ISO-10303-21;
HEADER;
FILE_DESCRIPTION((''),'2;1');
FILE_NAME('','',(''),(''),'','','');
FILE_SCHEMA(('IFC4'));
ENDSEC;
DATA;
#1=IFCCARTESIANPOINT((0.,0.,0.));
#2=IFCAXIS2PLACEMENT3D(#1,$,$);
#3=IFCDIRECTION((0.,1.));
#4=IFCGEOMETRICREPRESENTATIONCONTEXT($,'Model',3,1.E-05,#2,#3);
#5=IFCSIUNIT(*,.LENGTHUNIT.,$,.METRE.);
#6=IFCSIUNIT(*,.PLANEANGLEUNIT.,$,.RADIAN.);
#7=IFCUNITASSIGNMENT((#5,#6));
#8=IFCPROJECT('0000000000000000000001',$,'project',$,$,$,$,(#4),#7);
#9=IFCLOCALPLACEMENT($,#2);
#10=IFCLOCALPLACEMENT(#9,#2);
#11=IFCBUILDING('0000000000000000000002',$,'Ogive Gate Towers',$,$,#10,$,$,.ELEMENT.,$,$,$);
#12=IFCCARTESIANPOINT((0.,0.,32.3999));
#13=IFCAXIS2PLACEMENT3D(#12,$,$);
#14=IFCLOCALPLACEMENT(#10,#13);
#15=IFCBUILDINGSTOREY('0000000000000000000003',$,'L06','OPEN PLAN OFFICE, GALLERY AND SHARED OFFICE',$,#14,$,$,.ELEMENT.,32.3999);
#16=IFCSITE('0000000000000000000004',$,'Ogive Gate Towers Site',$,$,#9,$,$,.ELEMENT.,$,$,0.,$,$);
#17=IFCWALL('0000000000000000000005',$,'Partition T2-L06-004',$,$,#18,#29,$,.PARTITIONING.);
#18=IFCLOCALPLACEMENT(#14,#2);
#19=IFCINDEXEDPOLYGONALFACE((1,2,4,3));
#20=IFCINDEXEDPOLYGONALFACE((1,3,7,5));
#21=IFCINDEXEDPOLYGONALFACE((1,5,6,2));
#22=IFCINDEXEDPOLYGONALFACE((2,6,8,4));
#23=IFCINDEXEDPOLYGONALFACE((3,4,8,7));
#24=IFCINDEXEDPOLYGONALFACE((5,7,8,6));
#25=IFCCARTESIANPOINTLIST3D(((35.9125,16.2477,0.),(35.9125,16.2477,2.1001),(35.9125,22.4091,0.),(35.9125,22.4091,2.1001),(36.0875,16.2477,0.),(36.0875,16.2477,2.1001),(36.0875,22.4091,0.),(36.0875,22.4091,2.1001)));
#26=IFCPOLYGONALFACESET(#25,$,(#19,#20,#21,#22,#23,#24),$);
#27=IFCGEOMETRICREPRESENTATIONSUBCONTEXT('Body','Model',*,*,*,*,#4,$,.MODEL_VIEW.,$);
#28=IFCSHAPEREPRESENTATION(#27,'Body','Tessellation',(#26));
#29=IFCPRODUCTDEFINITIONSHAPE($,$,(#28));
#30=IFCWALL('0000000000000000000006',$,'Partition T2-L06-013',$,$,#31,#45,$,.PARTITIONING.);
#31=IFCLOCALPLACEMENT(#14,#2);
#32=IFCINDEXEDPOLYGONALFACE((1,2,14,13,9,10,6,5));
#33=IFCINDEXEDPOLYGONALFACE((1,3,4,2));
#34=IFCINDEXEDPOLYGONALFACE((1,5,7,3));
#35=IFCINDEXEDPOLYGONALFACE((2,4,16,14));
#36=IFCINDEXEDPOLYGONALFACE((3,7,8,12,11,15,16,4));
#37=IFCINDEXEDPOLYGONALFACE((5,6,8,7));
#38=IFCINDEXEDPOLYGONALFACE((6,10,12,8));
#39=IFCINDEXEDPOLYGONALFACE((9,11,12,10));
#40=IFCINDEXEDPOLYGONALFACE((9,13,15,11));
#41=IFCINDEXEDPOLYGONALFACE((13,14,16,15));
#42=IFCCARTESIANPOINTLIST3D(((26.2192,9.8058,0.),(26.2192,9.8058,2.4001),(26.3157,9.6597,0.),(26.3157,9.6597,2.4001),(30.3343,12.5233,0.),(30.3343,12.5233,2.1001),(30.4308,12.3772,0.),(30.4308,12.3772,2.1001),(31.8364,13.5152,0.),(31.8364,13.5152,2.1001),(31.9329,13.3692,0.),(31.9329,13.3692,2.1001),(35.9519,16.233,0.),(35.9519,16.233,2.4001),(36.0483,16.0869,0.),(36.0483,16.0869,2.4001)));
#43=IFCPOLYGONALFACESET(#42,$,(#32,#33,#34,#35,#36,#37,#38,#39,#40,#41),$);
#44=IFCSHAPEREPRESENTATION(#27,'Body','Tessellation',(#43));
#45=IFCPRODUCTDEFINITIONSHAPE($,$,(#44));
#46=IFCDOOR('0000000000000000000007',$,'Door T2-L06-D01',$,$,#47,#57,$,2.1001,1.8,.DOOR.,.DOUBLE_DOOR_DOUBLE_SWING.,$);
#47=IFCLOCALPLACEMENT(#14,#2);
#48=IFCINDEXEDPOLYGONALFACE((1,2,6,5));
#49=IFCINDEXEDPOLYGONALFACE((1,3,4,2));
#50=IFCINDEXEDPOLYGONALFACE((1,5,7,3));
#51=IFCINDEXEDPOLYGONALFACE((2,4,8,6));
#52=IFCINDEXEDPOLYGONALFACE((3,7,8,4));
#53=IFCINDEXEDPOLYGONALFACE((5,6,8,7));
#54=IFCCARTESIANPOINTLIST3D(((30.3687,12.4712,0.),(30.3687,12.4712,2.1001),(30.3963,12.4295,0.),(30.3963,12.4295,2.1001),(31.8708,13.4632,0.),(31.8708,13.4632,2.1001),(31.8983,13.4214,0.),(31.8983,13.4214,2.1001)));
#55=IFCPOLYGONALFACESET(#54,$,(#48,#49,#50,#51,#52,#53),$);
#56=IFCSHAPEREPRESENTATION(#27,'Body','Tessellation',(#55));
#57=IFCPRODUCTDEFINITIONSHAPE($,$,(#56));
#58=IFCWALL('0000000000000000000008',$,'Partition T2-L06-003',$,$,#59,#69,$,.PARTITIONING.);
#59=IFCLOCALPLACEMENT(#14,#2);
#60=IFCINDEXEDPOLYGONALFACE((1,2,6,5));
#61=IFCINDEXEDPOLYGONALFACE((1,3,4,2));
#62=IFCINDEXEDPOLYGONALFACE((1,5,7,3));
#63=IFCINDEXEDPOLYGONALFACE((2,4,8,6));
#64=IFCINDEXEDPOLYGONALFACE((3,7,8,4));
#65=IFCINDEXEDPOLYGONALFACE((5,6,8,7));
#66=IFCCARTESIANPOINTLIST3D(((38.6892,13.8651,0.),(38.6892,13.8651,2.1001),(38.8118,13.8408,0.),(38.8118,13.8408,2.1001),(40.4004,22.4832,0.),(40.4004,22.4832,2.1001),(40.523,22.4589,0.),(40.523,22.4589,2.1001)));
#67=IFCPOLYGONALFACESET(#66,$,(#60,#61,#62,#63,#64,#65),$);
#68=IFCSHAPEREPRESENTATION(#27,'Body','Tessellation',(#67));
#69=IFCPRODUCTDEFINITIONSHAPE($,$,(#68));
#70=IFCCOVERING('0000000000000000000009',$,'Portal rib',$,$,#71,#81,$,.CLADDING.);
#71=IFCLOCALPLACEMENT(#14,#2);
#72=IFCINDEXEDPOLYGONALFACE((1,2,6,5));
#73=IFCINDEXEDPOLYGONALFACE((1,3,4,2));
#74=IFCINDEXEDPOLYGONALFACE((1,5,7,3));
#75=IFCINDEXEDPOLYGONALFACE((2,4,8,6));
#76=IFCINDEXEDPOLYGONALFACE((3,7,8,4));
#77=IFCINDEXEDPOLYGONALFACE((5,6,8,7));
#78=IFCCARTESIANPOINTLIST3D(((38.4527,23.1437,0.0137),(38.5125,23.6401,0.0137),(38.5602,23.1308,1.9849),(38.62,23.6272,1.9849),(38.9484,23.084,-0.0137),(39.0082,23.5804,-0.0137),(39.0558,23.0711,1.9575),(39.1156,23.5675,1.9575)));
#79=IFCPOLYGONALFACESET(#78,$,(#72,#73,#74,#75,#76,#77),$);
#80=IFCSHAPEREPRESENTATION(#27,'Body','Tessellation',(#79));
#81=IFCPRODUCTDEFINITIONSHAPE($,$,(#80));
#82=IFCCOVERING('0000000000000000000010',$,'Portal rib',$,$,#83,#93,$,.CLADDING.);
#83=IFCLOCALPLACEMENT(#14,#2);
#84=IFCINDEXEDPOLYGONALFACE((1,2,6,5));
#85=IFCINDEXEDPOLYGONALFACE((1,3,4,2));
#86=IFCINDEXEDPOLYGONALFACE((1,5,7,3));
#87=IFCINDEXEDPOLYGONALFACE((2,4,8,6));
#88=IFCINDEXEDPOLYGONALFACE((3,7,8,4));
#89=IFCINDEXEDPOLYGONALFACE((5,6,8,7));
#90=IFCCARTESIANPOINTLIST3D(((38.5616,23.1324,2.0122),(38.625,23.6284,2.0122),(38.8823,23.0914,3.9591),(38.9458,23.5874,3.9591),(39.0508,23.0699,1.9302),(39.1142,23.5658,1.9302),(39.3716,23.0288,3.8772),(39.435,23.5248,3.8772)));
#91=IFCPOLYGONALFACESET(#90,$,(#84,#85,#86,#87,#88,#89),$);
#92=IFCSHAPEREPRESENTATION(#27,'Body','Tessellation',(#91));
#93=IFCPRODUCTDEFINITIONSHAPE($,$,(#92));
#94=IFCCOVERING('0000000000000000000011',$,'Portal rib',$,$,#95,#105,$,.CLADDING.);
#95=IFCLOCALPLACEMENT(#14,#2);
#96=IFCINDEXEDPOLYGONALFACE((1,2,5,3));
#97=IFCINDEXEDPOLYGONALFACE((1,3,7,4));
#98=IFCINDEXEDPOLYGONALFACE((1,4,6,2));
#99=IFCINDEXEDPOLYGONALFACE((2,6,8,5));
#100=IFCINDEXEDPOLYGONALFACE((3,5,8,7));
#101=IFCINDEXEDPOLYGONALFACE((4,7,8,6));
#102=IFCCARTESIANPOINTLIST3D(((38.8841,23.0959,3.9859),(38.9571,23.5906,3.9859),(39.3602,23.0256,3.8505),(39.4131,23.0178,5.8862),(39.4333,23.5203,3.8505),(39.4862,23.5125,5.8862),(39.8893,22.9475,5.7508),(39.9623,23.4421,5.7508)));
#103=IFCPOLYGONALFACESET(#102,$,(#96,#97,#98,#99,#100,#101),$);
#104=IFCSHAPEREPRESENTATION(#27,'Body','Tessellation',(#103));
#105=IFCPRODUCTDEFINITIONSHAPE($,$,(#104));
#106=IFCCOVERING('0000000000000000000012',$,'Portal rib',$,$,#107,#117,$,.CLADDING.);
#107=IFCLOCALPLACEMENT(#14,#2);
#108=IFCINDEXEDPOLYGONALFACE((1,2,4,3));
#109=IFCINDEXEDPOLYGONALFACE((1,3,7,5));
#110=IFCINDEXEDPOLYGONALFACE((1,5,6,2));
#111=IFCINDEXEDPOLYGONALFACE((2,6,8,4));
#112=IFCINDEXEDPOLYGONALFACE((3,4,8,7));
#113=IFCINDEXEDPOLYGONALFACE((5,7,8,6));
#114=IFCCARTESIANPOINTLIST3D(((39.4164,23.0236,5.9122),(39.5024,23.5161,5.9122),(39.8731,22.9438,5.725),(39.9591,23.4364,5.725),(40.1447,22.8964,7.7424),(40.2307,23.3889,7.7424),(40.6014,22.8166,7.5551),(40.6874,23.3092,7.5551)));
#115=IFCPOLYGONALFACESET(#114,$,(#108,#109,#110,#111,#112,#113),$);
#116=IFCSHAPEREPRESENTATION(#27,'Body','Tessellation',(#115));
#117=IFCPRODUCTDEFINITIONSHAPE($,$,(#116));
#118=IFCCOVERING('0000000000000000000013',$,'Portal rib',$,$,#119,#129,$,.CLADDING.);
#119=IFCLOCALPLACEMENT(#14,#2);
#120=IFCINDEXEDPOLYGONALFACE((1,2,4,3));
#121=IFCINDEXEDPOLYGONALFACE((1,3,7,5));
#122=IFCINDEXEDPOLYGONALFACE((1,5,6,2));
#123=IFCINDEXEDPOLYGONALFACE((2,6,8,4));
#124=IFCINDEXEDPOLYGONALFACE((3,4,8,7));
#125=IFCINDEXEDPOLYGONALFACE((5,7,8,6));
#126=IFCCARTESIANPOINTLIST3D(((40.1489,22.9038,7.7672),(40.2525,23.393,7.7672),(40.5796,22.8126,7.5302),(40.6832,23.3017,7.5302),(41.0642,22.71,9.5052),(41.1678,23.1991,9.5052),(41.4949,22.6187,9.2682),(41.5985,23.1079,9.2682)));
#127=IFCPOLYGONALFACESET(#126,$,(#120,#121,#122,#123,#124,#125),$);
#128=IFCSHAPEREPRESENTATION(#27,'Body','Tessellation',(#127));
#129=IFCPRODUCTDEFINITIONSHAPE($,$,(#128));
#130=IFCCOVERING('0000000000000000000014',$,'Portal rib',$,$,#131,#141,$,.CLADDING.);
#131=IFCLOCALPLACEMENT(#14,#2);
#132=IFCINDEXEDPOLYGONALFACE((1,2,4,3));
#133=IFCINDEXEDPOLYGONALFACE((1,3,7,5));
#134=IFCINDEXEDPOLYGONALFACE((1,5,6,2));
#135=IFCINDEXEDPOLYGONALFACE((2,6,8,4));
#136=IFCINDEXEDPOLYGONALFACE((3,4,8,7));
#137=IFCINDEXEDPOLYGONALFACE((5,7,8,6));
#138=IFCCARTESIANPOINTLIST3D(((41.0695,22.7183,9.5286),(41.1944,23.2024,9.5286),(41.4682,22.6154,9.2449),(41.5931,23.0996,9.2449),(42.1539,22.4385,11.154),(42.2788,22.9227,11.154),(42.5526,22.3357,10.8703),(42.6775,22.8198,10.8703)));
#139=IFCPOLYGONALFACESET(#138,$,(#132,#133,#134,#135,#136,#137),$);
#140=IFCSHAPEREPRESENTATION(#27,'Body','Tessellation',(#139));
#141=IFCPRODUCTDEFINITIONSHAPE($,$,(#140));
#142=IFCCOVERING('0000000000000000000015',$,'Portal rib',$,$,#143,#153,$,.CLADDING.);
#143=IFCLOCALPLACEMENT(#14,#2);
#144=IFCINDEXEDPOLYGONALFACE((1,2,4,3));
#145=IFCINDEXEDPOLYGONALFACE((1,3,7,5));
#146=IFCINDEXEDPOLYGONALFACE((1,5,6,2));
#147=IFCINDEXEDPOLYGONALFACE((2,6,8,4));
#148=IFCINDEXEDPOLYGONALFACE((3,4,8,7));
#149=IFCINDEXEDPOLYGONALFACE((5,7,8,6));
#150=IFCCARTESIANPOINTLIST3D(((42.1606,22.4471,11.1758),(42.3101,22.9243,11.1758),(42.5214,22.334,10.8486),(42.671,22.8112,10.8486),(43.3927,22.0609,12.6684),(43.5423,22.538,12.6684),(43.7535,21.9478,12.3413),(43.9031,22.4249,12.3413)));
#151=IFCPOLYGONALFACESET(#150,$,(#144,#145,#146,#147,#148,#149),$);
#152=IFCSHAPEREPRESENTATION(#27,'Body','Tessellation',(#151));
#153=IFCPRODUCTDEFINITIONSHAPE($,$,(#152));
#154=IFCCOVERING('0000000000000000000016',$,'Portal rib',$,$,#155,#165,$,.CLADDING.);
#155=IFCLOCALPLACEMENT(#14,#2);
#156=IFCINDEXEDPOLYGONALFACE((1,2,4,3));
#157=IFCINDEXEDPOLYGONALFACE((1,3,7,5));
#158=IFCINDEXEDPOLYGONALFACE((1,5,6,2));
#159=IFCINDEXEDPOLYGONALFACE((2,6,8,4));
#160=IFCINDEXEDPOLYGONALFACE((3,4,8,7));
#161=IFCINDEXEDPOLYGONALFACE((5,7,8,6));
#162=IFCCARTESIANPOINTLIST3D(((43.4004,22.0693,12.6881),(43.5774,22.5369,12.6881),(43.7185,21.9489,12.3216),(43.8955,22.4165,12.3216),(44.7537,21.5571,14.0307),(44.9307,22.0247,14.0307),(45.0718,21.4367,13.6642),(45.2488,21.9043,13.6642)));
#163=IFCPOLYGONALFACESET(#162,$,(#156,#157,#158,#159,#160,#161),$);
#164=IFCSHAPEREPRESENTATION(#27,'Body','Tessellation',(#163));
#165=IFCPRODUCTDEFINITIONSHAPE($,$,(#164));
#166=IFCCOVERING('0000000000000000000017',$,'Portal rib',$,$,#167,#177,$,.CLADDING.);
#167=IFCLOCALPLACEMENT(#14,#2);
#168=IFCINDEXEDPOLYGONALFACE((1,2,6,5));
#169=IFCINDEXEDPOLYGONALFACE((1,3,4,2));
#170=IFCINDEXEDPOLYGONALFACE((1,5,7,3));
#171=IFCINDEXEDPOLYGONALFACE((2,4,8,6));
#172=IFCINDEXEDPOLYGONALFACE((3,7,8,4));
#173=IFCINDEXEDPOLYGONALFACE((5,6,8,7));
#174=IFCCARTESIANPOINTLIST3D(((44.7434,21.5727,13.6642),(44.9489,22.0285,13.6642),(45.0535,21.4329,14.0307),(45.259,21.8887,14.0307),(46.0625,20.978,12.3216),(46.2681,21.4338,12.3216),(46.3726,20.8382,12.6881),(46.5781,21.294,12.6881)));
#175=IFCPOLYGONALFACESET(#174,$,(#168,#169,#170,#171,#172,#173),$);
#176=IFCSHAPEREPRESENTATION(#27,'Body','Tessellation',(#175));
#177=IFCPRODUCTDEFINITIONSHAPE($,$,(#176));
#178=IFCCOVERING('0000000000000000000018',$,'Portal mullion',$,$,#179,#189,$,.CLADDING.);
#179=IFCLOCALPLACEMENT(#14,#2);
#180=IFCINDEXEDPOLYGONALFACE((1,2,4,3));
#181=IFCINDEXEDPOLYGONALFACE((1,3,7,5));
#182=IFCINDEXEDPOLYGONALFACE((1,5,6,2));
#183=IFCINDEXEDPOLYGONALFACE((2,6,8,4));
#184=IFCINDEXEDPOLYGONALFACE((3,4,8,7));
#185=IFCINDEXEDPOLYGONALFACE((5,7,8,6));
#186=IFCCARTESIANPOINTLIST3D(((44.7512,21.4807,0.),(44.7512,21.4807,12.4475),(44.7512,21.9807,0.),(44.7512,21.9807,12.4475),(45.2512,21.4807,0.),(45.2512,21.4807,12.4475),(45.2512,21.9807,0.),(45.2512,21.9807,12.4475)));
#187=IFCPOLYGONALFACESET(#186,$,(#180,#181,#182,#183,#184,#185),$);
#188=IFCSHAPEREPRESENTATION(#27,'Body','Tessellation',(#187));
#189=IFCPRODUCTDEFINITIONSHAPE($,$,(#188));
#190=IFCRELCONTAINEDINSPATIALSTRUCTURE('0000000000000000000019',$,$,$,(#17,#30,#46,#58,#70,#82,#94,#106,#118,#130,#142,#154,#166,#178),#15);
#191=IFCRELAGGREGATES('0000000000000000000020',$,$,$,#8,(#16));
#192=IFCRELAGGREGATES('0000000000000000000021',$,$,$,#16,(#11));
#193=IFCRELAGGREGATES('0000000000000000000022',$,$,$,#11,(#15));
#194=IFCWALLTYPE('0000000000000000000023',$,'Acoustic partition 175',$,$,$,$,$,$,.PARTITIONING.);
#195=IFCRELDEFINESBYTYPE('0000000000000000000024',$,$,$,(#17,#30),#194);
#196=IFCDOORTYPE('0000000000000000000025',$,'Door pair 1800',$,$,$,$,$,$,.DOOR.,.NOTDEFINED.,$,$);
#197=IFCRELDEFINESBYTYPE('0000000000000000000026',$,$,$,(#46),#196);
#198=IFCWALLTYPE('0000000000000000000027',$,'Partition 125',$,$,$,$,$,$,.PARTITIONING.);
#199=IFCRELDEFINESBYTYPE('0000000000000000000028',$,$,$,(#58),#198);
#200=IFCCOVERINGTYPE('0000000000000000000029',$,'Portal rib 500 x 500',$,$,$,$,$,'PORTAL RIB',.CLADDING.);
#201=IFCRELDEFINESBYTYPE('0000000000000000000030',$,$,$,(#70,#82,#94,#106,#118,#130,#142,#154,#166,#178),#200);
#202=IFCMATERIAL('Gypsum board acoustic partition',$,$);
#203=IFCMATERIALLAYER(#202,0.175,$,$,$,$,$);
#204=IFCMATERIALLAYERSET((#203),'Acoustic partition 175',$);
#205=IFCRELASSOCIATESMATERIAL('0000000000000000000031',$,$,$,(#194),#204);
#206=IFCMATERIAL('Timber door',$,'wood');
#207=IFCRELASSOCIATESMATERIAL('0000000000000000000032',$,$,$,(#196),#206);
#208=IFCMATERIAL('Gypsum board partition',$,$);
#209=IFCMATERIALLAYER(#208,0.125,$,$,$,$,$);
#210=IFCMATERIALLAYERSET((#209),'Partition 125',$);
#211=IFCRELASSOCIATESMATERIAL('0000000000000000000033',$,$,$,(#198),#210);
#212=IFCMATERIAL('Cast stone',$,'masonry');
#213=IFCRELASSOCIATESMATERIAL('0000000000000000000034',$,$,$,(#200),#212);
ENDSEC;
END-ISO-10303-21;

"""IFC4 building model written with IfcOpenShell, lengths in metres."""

from ifc_helpers import new_model, si_unit, direction, frame, frame_2d, origin, origin_2d, place, context, subcontext, project, spatial, rectangle, extrude, material, layer, layer_set, material_profile, profile_set, type_object, element, fill, save


model = new_model("IFC4")

# Units and contexts
model_context = context("Model", 3, precision=1e-05, world=origin(), true_north=direction((0.0, 1.0)))
body_context = subcontext(model_context, "Body", "Model", "MODEL_VIEW")
ifc_project = project(units=[si_unit("LENGTHUNIT", "METRE"), si_unit("PLANEANGLEUNIT", "RADIAN")], contexts=[model_context])

# Site, building, storey
site_placement = place(None, origin())
site = spatial("IfcSite", under=ifc_project, at=site_placement, Name="Ogive Gate Towers Site", CompositionType="ELEMENT", RefElevation=0.0)
building_placement = place(site_placement, origin())
building = spatial("IfcBuilding", under=site, at=building_placement, Name="Ogive Gate Towers", CompositionType="ELEMENT")
storey_placement = place(building_placement, frame((0.0, 0.0, 32.3999)))
storey = spatial("IfcBuildingStorey", under=building, at=storey_placement, Name="L06", Description="OPEN PLAN OFFICE, GALLERY AND SHARED OFFICE", CompositionType="ELEMENT", Elevation=32.3999)

# Wall
ifc_material_1 = material(Name="Gypsum board acoustic partition")
ifc_layer_1 = layer(ifc_material_1, 0.175)
ifc_layer_set_1 = layer_set([ifc_layer_1], Name="Acoustic partition 175")
wall_type_1 = type_object("IfcWallType", Name="Acoustic partition 175", PredefinedType="PARTITIONING", material=ifc_layer_set_1)
wall_1_placement = place(storey_placement, frame((36.0, 22.4089, 0.0), z_axis=(0.0, 0.0, 1.0), x_axis=(0.0, -1.0, 0.0)))
element("IfcWall", 1, at=wall_1_placement, inside=storey, type_object=wall_type_1, Name="Partition T2-L06-004", PredefinedType="PARTITIONING", context=body_context, shape_type="SweptSolid", body=[
    extrude(rectangle(XDim=6.1614, YDim=0.175, at=frame_2d((3.0806, 0.0))), origin(), (0.0, 0.0, 1.0), 2.1001),
])

# Wall, opening, door
wall_2_placement = place(storey_placement, frame((36.0, 16.1599, 0.0), z_axis=(0.0, 0.0, 1.0), x_axis=(-0.834464, -0.551062, 0.0)))
wall_2 = element("IfcWall", 2, at=wall_2_placement, inside=storey, type_object=wall_type_1, Name="Partition T2-L06-013", PredefinedType="PARTITIONING", context=body_context, shape_type="SweptSolid", body=[
    extrude(rectangle(XDim=11.6633, YDim=0.175, at=frame_2d((5.8315, 0.0))), origin(), (0.0, 0.0, 1.0), 2.4001),
])
opening_placement = place(wall_2_placement, frame((4.9319, 0.0, 0.0)))
opening = element("IfcOpeningElement", 3, at=opening_placement, cuts=wall_2, PredefinedType="OPENING", context=body_context, shape_type="SweptSolid", body=[
    extrude(rectangle(XDim=1.8, YDim=2.1001, at=frame_2d((0.8999, 1.05))), frame((0.0, 0.0977, 0.0), z_axis=(0.0, -1.0, 0.0), x_axis=(1.0, 0.0, 0.0)), (0.0, 0.0, 1.0), 0.1951),
])
ifc_material_2 = material(Name="Timber door", Category="wood")
door_type = type_object("IfcDoorType", Name="Door pair 1800", OperationType="NOTDEFINED", PredefinedType="DOOR", material=ifc_material_2)
door_placement = place(opening_placement, origin())
door = element("IfcDoor", 4, at=door_placement, inside=storey, type_object=door_type, Name="Door T2-L06-D01", OperationType="DOUBLE_DOOR_DOUBLE_SWING", OverallHeight=2.1001, OverallWidth=1.8, PredefinedType="DOOR", context=body_context, shape_type="SweptSolid", body=[
    extrude(rectangle(XDim=1.8, YDim=2.1001, at=frame_2d((0.8999, 1.05))), frame((0.0, 0.0249, 0.0), z_axis=(0.0, -1.0, 0.0), x_axis=(1.0, 0.0, 0.0)), (0.0, 0.0, 1.0), 0.05),
])
fill(opening, door)

# Wall
ifc_material_3 = material(Name="Gypsum board partition")
ifc_layer_2 = layer(ifc_material_3, 0.125)
ifc_layer_set_2 = layer_set([ifc_layer_2], Name="Partition 125")
wall_type_2 = type_object("IfcWallType", Name="Partition 125", PredefinedType="PARTITIONING", material=ifc_layer_set_2)
wall_3_placement = place(storey_placement, frame((40.4617, 22.4709, 0.0), z_axis=(0.0, 0.0, 1.0), x_axis=(-0.194753, -0.980852, 0.0)))
element("IfcWall", 5, at=wall_3_placement, inside=storey, type_object=wall_type_2, Name="Partition T2-L06-003", PredefinedType="PARTITIONING", context=body_context, shape_type="SweptSolid", body=[
    extrude(rectangle(XDim=8.7864, YDim=0.125, at=frame_2d((4.3931, 0.0))), origin(), (0.0, 0.0, 1.0), 2.1001),
])

# Coverings
ifc_material_4 = material(Name="Cast stone", Category="masonry")
ifc_material_profile_1 = material_profile(ifc_material_4, rectangle(XDim=0.5, YDim=0.5, at=origin_2d()), Name="500 x 500 cast stone")
ifc_profile_set_1 = profile_set([ifc_material_profile_1], Name="Cast stone")
covering_type = type_object("IfcCoveringType", Name="Portal rib 500 x 500", ElementType="PORTAL RIB", PredefinedType="CLADDING", material=ifc_profile_set_1)
covering_1_placement = place(storey_placement, frame((38.7305, 23.3621, 0.0), z_axis=(0.054414, -0.006554, 0.998497), x_axis=(0.11959, 0.992823, 0.0)))
element("IfcCovering", 6, at=covering_1_placement, inside=storey, type_object=covering_type, Name="Portal rib", PredefinedType="CLADDING", context=body_context, shape_type="SweptSolid", body=[
    extrude(rectangle(XDim=0.5, YDim=0.5, at=origin_2d()), origin(), (0.0, 0.0, 1.0), 1.9741),
])
covering_2_placement = place(storey_placement, frame((38.8379, 23.3491, 1.9712), z_axis=(0.162538, -0.020781, 0.986483), x_axis=(0.126822, 0.991926, 0.0)))
element("IfcCovering", 7, at=covering_2_placement, inside=storey, type_object=covering_type, Name="Portal rib", PredefinedType="CLADDING", context=body_context, shape_type="SweptSolid", body=[
    extrude(rectangle(XDim=0.5, YDim=0.5, at=origin_2d()), origin(), (0.0, 0.0, 1.0), 1.9736),
])
covering_3_placement = place(storey_placement, frame((39.1587, 23.3081, 3.9182), z_axis=(0.267983, -0.039573, 0.962611), x_axis=(0.146085, 0.989272, 0.0)))
element("IfcCovering", 8, at=covering_3_placement, inside=storey, type_object=covering_type, Name="Portal rib", PredefinedType="CLADDING", context=body_context, shape_type="SweptSolid", body=[
    extrude(rectangle(XDim=0.5, YDim=0.5, at=origin_2d()), origin(), (0.0, 0.0, 1.0), 1.9741),
])
for number, where, z_axis, x_axis, name in (
    (9, (39.6877, 23.23, 5.8186), (0.368976, -0.064444, 0.927202), (0.172052, 0.985088, 0.0), "Portal rib"),
    (10, (40.416, 23.1028, 7.6487), (0.463704, -0.098208, 0.88053), (0.207194, 0.9783, 0.0), "Portal rib"),
    (11, (41.3313, 22.9089, 9.3867), (0.549386, -0.141737, 0.82346), (0.249812, 0.968294, 0.0), "Portal rib"),
):
    element("IfcCovering", number, at=place(storey_placement, frame(where, z_axis=z_axis, x_axis=x_axis)), inside=storey, type_object=covering_type, Name=name, PredefinedType="CLADDING", context=body_context, shape_type="SweptSolid", body=[
        extrude(rectangle(XDim=0.5, YDim=0.5, at=origin_2d()), origin(), (0.0, 0.0, 1.0), 1.9739),
    ])
covering_4_placement = place(storey_placement, frame((42.4158, 22.6292, 11.0122), z_axis=(0.624296, -0.195688, 0.756281), x_axis=(0.299104, 0.954221, 0.0)))
element("IfcCovering", 12, at=covering_4_placement, inside=storey, type_object=covering_type, Name="Portal rib", PredefinedType="CLADDING", context=body_context, shape_type="SweptSolid", body=[
    extrude(rectangle(XDim=0.5, YDim=0.5, at=origin_2d()), origin(), (0.0, 0.0, 1.0), 1.9736),
])
for number, where, z_axis, x_axis, name in (
    (13, (43.6479, 22.2429, 12.5049), (0.6856, -0.259496, 0.680158), (0.353988, 0.93525, 0.0), "Portal rib"),
    (14, (46.3203, 21.136, 12.5049), (-0.668283, 0.301303, 0.680157), (-0.411017, -0.911628, 0.0), "Portal rib"),
):
    element("IfcCovering", number, at=place(storey_placement, frame(where, z_axis=z_axis, x_axis=x_axis)), inside=storey, type_object=covering_type, Name=name, PredefinedType="CLADDING", context=body_context, shape_type="SweptSolid", body=[
        extrude(rectangle(XDim=0.5, YDim=0.5, at=origin_2d()), origin(), (0.0, 0.0, 1.0), 1.9739),
    ])
covering_5_placement = place(storey_placement, frame((45.0012, 21.7307, 0.0), z_axis=(0.0, 0.0, 1.0), x_axis=(1.0, 0.0, 0.0)))
element("IfcCovering", 15, at=covering_5_placement, inside=storey, type_object=covering_type, Name="Portal mullion", PredefinedType="CLADDING", context=body_context, shape_type="SweptSolid", body=[
    extrude(rectangle(XDim=0.5, YDim=0.5, at=origin_2d()), origin(), (0.0, 0.0, 1.0), 12.4475),
])

save(model, "model.ifc")
